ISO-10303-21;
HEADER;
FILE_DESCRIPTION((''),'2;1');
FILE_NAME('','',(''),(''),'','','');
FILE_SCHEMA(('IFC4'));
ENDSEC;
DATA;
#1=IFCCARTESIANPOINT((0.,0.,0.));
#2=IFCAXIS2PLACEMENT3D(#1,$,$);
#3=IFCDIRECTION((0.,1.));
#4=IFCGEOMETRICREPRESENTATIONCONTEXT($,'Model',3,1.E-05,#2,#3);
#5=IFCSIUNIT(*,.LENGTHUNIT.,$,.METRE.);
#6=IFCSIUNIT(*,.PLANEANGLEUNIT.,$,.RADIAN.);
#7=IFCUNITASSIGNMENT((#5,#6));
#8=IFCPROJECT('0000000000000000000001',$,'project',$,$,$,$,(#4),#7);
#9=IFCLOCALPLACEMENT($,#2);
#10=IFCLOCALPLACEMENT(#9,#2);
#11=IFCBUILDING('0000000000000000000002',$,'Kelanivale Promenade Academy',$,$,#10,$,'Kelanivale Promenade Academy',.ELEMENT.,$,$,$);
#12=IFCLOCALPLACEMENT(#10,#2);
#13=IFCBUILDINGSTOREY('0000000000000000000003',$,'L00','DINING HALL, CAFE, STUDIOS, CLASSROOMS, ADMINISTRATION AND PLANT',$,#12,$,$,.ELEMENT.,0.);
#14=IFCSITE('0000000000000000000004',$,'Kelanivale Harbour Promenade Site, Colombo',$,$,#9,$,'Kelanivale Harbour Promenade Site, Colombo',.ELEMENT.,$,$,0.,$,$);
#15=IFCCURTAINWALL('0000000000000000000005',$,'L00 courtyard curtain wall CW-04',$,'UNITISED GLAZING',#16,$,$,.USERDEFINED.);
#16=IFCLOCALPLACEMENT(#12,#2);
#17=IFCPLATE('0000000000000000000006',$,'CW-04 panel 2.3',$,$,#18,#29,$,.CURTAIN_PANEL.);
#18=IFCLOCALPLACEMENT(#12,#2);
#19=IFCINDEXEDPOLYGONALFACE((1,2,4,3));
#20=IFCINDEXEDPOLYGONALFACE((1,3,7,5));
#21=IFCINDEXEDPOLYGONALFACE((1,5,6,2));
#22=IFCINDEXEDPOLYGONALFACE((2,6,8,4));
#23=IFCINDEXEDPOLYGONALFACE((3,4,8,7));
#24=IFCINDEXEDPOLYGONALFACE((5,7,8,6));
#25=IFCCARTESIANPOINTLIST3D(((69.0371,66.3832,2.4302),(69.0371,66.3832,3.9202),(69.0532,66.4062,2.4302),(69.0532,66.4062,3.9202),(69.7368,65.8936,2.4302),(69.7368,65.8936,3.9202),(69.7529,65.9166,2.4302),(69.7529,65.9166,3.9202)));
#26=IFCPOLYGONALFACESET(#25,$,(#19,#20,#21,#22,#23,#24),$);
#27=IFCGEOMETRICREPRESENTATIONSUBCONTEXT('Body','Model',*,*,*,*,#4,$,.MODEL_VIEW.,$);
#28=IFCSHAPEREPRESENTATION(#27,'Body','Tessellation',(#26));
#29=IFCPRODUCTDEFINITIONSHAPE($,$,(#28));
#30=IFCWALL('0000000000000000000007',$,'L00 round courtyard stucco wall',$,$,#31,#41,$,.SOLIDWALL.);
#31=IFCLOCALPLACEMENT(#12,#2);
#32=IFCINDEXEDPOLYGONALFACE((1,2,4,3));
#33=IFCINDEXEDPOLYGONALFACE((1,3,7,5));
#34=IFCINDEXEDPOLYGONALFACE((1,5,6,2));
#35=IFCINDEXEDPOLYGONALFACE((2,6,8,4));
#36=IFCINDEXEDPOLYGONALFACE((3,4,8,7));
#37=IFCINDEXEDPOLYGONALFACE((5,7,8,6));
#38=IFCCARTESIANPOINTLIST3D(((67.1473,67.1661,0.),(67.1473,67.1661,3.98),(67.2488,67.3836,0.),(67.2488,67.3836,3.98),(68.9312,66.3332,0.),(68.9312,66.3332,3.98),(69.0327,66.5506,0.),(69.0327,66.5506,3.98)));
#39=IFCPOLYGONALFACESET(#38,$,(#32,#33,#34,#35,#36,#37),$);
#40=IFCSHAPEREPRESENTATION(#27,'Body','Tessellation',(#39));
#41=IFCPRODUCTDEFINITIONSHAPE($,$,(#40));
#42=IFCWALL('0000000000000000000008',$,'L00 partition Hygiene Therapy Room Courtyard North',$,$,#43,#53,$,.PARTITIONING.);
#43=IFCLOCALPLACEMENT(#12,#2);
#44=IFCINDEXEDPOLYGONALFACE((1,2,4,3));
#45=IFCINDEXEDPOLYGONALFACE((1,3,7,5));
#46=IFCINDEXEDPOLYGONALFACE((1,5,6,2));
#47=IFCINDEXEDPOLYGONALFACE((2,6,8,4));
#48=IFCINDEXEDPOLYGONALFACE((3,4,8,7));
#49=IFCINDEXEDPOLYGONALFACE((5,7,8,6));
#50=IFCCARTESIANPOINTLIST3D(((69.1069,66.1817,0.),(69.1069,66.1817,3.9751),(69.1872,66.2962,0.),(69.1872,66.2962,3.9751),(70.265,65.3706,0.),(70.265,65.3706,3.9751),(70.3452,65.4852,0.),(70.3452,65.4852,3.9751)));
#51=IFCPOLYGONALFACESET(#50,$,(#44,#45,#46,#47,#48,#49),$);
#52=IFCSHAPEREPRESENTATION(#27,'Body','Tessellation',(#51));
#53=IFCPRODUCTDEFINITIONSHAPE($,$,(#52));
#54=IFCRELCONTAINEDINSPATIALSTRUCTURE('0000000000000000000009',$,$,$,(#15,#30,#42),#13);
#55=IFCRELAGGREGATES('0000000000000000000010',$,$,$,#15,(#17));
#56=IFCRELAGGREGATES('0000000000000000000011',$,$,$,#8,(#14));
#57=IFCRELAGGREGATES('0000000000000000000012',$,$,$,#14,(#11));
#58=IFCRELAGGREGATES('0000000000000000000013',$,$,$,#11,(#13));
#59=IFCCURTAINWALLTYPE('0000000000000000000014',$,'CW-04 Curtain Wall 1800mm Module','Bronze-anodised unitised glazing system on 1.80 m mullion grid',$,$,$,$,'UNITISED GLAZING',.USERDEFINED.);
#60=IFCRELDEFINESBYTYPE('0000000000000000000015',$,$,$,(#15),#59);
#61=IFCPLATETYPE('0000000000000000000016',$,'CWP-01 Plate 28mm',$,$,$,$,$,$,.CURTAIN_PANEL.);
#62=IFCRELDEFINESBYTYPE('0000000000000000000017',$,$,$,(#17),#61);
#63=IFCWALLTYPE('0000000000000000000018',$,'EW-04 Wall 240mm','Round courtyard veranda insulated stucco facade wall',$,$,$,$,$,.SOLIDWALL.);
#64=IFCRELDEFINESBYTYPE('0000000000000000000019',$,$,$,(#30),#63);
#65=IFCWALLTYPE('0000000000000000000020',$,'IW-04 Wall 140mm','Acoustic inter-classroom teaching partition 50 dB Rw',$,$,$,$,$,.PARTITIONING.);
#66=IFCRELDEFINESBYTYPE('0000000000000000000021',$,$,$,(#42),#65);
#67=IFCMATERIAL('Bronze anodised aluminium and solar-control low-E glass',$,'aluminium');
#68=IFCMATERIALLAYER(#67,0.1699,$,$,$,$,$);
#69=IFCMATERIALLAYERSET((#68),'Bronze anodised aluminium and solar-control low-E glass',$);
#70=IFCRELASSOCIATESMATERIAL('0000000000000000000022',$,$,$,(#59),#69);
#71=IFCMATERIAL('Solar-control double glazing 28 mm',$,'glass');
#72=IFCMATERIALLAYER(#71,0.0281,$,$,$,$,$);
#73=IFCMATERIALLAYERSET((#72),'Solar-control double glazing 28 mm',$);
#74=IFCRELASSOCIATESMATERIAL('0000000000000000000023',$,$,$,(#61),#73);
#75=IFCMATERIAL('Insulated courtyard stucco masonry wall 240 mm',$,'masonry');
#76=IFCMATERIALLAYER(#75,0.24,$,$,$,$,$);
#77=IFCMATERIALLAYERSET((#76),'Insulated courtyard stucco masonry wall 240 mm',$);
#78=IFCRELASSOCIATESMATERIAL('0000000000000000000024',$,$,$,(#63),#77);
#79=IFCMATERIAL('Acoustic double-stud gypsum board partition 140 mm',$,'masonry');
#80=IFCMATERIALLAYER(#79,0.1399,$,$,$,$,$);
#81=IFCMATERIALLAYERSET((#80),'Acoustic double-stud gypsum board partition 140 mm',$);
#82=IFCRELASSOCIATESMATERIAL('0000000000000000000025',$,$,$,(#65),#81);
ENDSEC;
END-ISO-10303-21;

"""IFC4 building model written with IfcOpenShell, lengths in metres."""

from ifc_helpers import new_model, si_unit, direction, frame, frame_2d, origin, origin_2d, place, context, subcontext, project, spatial, rectangle, extrude, material, layer, layer_set, type_object, element, aggregate, save


model = new_model("IFC4")

# Units and contexts
model_context = context("Model", 3, precision=1e-05, world=origin(), true_north=direction((0.0, 1.0)))
body_context = subcontext(model_context, "Body", "Model", "MODEL_VIEW")
ifc_project = project(units=[si_unit("LENGTHUNIT", "METRE"), si_unit("PLANEANGLEUNIT", "RADIAN")], contexts=[model_context])

# Site, building, storey
site_placement = place(None, origin())
site = spatial("IfcSite", under=ifc_project, at=site_placement, Name="Kelanivale Harbour Promenade Site, Colombo", LongName="Kelanivale Harbour Promenade Site, Colombo", CompositionType="ELEMENT", RefElevation=0.0)
building_placement = place(site_placement, origin())
building = spatial("IfcBuilding", under=site, at=building_placement, Name="Kelanivale Promenade Academy", LongName="Kelanivale Promenade Academy", CompositionType="ELEMENT")
storey_placement = place(building_placement, origin())
storey = spatial("IfcBuildingStorey", under=building, at=storey_placement, Name="L00", Description="DINING HALL, CAFE, STUDIOS, CLASSROOMS, ADMINISTRATION AND PLANT", CompositionType="ELEMENT", Elevation=0.0)

# Shared definitions
ifc_material_1 = material(Name="Bronze anodised aluminium and solar-control low-E glass", Category="aluminium")

# Curtain wall
ifc_layer_1 = layer(ifc_material_1, 0.1699)
ifc_layer_set_1 = layer_set([ifc_layer_1], Name="Bronze anodised aluminium and solar-control low-E glass")
curtain_wall_type_1 = type_object("IfcCurtainWallType", Name="CW-04 Curtain Wall 1800mm Module", Description="Bronze-anodised unitised glazing system on 1.80 m mullion grid", ElementType="UNITISED GLAZING", PredefinedType="USERDEFINED", material=ifc_layer_set_1)
curtain_wall_1_placement = place(storey_placement, origin())
curtain_wall_1 = element("IfcCurtainWall", 1, at=curtain_wall_1_placement, inside=storey, type_object=curtain_wall_type_1, Name="L00 courtyard curtain wall CW-04", ObjectType="UNITISED GLAZING", PredefinedType="USERDEFINED")

# Plate
ifc_material_2 = material(Name="Solar-control double glazing 28 mm", Category="glass")
ifc_layer_2 = layer(ifc_material_2, 0.0281)
ifc_layer_set_2 = layer_set([ifc_layer_2], Name="Solar-control double glazing 28 mm")
plate_type = type_object("IfcPlateType", Name="CWP-01 Plate 28mm", PredefinedType="CURTAIN_PANEL", material=ifc_layer_set_2)
plate_1_placement = place(storey_placement, frame((69.395, 66.1499, 2.4302), z_axis=(0.0, 0.0, 1.0), x_axis=(-0.819306, 0.573357, 0.0)))
plate_1 = element("IfcPlate", 2, at=plate_1_placement, type_object=plate_type, Name="CW-04 panel 2.3", PredefinedType="CURTAIN_PANEL", context=body_context, shape_type="SweptSolid", body=[
    extrude(rectangle(XDim=0.854, YDim=0.0281, at=origin_2d()), origin(), (0.0, 0.0, 1.0), 1.49),
])
aggregate(curtain_wall_1, [plate_1])

# Walls
ifc_material_3 = material(Name="Insulated courtyard stucco masonry wall 240 mm", Category="masonry")
ifc_layer_3 = layer(ifc_material_3, 0.24)
ifc_layer_set_3 = layer_set([ifc_layer_3], Name="Insulated courtyard stucco masonry wall 240 mm")
wall_type_1 = type_object("IfcWallType", Name="EW-04 Wall 240mm", Description="Round courtyard veranda insulated stucco facade wall", PredefinedType="SOLIDWALL", material=ifc_layer_set_3)
wall_1_placement = place(storey_placement, frame((68.9819, 66.4419, 0.0), z_axis=(0.0, 0.0, 1.0), x_axis=(-0.906085, 0.423096, 0.0)))
element("IfcWall", 3, at=wall_1_placement, inside=storey, type_object=wall_type_1, Name="L00 round courtyard stucco wall", PredefinedType="SOLIDWALL", context=body_context, shape_type="SweptSolid", body=[
    extrude(rectangle(XDim=1.9688, YDim=0.24, at=frame_2d((0.9844, 0.0))), origin(), (0.0, 0.0, 1.0), 3.98),
])
ifc_material_4 = material(Name="Acoustic double-stud gypsum board partition 140 mm", Category="masonry")
ifc_layer_4 = layer(ifc_material_4, 0.1399)
ifc_layer_set_4 = layer_set([ifc_layer_4], Name="Acoustic double-stud gypsum board partition 140 mm")
wall_type_2 = type_object("IfcWallType", Name="IW-04 Wall 140mm", Description="Acoustic inter-classroom teaching partition 50 dB Rw", PredefinedType="PARTITIONING", material=ifc_layer_set_4)
wall_2_placement = place(storey_placement, frame((69.147, 66.239, 0.0), z_axis=(0.0, 0.0, 1.0), x_axis=(0.819078, -0.573683, 0.0)))
element("IfcWall", 4, at=wall_2_placement, inside=storey, type_object=wall_type_2, Name="L00 partition Hygiene Therapy Room Courtyard North", PredefinedType="PARTITIONING", context=body_context, shape_type="SweptSolid", body=[
    extrude(rectangle(XDim=1.4138, YDim=0.1399, at=frame_2d((0.707, 0.0))), origin(), (0.0, 0.0, 1.0), 3.9751),
])

save(model, "model.ifc")
